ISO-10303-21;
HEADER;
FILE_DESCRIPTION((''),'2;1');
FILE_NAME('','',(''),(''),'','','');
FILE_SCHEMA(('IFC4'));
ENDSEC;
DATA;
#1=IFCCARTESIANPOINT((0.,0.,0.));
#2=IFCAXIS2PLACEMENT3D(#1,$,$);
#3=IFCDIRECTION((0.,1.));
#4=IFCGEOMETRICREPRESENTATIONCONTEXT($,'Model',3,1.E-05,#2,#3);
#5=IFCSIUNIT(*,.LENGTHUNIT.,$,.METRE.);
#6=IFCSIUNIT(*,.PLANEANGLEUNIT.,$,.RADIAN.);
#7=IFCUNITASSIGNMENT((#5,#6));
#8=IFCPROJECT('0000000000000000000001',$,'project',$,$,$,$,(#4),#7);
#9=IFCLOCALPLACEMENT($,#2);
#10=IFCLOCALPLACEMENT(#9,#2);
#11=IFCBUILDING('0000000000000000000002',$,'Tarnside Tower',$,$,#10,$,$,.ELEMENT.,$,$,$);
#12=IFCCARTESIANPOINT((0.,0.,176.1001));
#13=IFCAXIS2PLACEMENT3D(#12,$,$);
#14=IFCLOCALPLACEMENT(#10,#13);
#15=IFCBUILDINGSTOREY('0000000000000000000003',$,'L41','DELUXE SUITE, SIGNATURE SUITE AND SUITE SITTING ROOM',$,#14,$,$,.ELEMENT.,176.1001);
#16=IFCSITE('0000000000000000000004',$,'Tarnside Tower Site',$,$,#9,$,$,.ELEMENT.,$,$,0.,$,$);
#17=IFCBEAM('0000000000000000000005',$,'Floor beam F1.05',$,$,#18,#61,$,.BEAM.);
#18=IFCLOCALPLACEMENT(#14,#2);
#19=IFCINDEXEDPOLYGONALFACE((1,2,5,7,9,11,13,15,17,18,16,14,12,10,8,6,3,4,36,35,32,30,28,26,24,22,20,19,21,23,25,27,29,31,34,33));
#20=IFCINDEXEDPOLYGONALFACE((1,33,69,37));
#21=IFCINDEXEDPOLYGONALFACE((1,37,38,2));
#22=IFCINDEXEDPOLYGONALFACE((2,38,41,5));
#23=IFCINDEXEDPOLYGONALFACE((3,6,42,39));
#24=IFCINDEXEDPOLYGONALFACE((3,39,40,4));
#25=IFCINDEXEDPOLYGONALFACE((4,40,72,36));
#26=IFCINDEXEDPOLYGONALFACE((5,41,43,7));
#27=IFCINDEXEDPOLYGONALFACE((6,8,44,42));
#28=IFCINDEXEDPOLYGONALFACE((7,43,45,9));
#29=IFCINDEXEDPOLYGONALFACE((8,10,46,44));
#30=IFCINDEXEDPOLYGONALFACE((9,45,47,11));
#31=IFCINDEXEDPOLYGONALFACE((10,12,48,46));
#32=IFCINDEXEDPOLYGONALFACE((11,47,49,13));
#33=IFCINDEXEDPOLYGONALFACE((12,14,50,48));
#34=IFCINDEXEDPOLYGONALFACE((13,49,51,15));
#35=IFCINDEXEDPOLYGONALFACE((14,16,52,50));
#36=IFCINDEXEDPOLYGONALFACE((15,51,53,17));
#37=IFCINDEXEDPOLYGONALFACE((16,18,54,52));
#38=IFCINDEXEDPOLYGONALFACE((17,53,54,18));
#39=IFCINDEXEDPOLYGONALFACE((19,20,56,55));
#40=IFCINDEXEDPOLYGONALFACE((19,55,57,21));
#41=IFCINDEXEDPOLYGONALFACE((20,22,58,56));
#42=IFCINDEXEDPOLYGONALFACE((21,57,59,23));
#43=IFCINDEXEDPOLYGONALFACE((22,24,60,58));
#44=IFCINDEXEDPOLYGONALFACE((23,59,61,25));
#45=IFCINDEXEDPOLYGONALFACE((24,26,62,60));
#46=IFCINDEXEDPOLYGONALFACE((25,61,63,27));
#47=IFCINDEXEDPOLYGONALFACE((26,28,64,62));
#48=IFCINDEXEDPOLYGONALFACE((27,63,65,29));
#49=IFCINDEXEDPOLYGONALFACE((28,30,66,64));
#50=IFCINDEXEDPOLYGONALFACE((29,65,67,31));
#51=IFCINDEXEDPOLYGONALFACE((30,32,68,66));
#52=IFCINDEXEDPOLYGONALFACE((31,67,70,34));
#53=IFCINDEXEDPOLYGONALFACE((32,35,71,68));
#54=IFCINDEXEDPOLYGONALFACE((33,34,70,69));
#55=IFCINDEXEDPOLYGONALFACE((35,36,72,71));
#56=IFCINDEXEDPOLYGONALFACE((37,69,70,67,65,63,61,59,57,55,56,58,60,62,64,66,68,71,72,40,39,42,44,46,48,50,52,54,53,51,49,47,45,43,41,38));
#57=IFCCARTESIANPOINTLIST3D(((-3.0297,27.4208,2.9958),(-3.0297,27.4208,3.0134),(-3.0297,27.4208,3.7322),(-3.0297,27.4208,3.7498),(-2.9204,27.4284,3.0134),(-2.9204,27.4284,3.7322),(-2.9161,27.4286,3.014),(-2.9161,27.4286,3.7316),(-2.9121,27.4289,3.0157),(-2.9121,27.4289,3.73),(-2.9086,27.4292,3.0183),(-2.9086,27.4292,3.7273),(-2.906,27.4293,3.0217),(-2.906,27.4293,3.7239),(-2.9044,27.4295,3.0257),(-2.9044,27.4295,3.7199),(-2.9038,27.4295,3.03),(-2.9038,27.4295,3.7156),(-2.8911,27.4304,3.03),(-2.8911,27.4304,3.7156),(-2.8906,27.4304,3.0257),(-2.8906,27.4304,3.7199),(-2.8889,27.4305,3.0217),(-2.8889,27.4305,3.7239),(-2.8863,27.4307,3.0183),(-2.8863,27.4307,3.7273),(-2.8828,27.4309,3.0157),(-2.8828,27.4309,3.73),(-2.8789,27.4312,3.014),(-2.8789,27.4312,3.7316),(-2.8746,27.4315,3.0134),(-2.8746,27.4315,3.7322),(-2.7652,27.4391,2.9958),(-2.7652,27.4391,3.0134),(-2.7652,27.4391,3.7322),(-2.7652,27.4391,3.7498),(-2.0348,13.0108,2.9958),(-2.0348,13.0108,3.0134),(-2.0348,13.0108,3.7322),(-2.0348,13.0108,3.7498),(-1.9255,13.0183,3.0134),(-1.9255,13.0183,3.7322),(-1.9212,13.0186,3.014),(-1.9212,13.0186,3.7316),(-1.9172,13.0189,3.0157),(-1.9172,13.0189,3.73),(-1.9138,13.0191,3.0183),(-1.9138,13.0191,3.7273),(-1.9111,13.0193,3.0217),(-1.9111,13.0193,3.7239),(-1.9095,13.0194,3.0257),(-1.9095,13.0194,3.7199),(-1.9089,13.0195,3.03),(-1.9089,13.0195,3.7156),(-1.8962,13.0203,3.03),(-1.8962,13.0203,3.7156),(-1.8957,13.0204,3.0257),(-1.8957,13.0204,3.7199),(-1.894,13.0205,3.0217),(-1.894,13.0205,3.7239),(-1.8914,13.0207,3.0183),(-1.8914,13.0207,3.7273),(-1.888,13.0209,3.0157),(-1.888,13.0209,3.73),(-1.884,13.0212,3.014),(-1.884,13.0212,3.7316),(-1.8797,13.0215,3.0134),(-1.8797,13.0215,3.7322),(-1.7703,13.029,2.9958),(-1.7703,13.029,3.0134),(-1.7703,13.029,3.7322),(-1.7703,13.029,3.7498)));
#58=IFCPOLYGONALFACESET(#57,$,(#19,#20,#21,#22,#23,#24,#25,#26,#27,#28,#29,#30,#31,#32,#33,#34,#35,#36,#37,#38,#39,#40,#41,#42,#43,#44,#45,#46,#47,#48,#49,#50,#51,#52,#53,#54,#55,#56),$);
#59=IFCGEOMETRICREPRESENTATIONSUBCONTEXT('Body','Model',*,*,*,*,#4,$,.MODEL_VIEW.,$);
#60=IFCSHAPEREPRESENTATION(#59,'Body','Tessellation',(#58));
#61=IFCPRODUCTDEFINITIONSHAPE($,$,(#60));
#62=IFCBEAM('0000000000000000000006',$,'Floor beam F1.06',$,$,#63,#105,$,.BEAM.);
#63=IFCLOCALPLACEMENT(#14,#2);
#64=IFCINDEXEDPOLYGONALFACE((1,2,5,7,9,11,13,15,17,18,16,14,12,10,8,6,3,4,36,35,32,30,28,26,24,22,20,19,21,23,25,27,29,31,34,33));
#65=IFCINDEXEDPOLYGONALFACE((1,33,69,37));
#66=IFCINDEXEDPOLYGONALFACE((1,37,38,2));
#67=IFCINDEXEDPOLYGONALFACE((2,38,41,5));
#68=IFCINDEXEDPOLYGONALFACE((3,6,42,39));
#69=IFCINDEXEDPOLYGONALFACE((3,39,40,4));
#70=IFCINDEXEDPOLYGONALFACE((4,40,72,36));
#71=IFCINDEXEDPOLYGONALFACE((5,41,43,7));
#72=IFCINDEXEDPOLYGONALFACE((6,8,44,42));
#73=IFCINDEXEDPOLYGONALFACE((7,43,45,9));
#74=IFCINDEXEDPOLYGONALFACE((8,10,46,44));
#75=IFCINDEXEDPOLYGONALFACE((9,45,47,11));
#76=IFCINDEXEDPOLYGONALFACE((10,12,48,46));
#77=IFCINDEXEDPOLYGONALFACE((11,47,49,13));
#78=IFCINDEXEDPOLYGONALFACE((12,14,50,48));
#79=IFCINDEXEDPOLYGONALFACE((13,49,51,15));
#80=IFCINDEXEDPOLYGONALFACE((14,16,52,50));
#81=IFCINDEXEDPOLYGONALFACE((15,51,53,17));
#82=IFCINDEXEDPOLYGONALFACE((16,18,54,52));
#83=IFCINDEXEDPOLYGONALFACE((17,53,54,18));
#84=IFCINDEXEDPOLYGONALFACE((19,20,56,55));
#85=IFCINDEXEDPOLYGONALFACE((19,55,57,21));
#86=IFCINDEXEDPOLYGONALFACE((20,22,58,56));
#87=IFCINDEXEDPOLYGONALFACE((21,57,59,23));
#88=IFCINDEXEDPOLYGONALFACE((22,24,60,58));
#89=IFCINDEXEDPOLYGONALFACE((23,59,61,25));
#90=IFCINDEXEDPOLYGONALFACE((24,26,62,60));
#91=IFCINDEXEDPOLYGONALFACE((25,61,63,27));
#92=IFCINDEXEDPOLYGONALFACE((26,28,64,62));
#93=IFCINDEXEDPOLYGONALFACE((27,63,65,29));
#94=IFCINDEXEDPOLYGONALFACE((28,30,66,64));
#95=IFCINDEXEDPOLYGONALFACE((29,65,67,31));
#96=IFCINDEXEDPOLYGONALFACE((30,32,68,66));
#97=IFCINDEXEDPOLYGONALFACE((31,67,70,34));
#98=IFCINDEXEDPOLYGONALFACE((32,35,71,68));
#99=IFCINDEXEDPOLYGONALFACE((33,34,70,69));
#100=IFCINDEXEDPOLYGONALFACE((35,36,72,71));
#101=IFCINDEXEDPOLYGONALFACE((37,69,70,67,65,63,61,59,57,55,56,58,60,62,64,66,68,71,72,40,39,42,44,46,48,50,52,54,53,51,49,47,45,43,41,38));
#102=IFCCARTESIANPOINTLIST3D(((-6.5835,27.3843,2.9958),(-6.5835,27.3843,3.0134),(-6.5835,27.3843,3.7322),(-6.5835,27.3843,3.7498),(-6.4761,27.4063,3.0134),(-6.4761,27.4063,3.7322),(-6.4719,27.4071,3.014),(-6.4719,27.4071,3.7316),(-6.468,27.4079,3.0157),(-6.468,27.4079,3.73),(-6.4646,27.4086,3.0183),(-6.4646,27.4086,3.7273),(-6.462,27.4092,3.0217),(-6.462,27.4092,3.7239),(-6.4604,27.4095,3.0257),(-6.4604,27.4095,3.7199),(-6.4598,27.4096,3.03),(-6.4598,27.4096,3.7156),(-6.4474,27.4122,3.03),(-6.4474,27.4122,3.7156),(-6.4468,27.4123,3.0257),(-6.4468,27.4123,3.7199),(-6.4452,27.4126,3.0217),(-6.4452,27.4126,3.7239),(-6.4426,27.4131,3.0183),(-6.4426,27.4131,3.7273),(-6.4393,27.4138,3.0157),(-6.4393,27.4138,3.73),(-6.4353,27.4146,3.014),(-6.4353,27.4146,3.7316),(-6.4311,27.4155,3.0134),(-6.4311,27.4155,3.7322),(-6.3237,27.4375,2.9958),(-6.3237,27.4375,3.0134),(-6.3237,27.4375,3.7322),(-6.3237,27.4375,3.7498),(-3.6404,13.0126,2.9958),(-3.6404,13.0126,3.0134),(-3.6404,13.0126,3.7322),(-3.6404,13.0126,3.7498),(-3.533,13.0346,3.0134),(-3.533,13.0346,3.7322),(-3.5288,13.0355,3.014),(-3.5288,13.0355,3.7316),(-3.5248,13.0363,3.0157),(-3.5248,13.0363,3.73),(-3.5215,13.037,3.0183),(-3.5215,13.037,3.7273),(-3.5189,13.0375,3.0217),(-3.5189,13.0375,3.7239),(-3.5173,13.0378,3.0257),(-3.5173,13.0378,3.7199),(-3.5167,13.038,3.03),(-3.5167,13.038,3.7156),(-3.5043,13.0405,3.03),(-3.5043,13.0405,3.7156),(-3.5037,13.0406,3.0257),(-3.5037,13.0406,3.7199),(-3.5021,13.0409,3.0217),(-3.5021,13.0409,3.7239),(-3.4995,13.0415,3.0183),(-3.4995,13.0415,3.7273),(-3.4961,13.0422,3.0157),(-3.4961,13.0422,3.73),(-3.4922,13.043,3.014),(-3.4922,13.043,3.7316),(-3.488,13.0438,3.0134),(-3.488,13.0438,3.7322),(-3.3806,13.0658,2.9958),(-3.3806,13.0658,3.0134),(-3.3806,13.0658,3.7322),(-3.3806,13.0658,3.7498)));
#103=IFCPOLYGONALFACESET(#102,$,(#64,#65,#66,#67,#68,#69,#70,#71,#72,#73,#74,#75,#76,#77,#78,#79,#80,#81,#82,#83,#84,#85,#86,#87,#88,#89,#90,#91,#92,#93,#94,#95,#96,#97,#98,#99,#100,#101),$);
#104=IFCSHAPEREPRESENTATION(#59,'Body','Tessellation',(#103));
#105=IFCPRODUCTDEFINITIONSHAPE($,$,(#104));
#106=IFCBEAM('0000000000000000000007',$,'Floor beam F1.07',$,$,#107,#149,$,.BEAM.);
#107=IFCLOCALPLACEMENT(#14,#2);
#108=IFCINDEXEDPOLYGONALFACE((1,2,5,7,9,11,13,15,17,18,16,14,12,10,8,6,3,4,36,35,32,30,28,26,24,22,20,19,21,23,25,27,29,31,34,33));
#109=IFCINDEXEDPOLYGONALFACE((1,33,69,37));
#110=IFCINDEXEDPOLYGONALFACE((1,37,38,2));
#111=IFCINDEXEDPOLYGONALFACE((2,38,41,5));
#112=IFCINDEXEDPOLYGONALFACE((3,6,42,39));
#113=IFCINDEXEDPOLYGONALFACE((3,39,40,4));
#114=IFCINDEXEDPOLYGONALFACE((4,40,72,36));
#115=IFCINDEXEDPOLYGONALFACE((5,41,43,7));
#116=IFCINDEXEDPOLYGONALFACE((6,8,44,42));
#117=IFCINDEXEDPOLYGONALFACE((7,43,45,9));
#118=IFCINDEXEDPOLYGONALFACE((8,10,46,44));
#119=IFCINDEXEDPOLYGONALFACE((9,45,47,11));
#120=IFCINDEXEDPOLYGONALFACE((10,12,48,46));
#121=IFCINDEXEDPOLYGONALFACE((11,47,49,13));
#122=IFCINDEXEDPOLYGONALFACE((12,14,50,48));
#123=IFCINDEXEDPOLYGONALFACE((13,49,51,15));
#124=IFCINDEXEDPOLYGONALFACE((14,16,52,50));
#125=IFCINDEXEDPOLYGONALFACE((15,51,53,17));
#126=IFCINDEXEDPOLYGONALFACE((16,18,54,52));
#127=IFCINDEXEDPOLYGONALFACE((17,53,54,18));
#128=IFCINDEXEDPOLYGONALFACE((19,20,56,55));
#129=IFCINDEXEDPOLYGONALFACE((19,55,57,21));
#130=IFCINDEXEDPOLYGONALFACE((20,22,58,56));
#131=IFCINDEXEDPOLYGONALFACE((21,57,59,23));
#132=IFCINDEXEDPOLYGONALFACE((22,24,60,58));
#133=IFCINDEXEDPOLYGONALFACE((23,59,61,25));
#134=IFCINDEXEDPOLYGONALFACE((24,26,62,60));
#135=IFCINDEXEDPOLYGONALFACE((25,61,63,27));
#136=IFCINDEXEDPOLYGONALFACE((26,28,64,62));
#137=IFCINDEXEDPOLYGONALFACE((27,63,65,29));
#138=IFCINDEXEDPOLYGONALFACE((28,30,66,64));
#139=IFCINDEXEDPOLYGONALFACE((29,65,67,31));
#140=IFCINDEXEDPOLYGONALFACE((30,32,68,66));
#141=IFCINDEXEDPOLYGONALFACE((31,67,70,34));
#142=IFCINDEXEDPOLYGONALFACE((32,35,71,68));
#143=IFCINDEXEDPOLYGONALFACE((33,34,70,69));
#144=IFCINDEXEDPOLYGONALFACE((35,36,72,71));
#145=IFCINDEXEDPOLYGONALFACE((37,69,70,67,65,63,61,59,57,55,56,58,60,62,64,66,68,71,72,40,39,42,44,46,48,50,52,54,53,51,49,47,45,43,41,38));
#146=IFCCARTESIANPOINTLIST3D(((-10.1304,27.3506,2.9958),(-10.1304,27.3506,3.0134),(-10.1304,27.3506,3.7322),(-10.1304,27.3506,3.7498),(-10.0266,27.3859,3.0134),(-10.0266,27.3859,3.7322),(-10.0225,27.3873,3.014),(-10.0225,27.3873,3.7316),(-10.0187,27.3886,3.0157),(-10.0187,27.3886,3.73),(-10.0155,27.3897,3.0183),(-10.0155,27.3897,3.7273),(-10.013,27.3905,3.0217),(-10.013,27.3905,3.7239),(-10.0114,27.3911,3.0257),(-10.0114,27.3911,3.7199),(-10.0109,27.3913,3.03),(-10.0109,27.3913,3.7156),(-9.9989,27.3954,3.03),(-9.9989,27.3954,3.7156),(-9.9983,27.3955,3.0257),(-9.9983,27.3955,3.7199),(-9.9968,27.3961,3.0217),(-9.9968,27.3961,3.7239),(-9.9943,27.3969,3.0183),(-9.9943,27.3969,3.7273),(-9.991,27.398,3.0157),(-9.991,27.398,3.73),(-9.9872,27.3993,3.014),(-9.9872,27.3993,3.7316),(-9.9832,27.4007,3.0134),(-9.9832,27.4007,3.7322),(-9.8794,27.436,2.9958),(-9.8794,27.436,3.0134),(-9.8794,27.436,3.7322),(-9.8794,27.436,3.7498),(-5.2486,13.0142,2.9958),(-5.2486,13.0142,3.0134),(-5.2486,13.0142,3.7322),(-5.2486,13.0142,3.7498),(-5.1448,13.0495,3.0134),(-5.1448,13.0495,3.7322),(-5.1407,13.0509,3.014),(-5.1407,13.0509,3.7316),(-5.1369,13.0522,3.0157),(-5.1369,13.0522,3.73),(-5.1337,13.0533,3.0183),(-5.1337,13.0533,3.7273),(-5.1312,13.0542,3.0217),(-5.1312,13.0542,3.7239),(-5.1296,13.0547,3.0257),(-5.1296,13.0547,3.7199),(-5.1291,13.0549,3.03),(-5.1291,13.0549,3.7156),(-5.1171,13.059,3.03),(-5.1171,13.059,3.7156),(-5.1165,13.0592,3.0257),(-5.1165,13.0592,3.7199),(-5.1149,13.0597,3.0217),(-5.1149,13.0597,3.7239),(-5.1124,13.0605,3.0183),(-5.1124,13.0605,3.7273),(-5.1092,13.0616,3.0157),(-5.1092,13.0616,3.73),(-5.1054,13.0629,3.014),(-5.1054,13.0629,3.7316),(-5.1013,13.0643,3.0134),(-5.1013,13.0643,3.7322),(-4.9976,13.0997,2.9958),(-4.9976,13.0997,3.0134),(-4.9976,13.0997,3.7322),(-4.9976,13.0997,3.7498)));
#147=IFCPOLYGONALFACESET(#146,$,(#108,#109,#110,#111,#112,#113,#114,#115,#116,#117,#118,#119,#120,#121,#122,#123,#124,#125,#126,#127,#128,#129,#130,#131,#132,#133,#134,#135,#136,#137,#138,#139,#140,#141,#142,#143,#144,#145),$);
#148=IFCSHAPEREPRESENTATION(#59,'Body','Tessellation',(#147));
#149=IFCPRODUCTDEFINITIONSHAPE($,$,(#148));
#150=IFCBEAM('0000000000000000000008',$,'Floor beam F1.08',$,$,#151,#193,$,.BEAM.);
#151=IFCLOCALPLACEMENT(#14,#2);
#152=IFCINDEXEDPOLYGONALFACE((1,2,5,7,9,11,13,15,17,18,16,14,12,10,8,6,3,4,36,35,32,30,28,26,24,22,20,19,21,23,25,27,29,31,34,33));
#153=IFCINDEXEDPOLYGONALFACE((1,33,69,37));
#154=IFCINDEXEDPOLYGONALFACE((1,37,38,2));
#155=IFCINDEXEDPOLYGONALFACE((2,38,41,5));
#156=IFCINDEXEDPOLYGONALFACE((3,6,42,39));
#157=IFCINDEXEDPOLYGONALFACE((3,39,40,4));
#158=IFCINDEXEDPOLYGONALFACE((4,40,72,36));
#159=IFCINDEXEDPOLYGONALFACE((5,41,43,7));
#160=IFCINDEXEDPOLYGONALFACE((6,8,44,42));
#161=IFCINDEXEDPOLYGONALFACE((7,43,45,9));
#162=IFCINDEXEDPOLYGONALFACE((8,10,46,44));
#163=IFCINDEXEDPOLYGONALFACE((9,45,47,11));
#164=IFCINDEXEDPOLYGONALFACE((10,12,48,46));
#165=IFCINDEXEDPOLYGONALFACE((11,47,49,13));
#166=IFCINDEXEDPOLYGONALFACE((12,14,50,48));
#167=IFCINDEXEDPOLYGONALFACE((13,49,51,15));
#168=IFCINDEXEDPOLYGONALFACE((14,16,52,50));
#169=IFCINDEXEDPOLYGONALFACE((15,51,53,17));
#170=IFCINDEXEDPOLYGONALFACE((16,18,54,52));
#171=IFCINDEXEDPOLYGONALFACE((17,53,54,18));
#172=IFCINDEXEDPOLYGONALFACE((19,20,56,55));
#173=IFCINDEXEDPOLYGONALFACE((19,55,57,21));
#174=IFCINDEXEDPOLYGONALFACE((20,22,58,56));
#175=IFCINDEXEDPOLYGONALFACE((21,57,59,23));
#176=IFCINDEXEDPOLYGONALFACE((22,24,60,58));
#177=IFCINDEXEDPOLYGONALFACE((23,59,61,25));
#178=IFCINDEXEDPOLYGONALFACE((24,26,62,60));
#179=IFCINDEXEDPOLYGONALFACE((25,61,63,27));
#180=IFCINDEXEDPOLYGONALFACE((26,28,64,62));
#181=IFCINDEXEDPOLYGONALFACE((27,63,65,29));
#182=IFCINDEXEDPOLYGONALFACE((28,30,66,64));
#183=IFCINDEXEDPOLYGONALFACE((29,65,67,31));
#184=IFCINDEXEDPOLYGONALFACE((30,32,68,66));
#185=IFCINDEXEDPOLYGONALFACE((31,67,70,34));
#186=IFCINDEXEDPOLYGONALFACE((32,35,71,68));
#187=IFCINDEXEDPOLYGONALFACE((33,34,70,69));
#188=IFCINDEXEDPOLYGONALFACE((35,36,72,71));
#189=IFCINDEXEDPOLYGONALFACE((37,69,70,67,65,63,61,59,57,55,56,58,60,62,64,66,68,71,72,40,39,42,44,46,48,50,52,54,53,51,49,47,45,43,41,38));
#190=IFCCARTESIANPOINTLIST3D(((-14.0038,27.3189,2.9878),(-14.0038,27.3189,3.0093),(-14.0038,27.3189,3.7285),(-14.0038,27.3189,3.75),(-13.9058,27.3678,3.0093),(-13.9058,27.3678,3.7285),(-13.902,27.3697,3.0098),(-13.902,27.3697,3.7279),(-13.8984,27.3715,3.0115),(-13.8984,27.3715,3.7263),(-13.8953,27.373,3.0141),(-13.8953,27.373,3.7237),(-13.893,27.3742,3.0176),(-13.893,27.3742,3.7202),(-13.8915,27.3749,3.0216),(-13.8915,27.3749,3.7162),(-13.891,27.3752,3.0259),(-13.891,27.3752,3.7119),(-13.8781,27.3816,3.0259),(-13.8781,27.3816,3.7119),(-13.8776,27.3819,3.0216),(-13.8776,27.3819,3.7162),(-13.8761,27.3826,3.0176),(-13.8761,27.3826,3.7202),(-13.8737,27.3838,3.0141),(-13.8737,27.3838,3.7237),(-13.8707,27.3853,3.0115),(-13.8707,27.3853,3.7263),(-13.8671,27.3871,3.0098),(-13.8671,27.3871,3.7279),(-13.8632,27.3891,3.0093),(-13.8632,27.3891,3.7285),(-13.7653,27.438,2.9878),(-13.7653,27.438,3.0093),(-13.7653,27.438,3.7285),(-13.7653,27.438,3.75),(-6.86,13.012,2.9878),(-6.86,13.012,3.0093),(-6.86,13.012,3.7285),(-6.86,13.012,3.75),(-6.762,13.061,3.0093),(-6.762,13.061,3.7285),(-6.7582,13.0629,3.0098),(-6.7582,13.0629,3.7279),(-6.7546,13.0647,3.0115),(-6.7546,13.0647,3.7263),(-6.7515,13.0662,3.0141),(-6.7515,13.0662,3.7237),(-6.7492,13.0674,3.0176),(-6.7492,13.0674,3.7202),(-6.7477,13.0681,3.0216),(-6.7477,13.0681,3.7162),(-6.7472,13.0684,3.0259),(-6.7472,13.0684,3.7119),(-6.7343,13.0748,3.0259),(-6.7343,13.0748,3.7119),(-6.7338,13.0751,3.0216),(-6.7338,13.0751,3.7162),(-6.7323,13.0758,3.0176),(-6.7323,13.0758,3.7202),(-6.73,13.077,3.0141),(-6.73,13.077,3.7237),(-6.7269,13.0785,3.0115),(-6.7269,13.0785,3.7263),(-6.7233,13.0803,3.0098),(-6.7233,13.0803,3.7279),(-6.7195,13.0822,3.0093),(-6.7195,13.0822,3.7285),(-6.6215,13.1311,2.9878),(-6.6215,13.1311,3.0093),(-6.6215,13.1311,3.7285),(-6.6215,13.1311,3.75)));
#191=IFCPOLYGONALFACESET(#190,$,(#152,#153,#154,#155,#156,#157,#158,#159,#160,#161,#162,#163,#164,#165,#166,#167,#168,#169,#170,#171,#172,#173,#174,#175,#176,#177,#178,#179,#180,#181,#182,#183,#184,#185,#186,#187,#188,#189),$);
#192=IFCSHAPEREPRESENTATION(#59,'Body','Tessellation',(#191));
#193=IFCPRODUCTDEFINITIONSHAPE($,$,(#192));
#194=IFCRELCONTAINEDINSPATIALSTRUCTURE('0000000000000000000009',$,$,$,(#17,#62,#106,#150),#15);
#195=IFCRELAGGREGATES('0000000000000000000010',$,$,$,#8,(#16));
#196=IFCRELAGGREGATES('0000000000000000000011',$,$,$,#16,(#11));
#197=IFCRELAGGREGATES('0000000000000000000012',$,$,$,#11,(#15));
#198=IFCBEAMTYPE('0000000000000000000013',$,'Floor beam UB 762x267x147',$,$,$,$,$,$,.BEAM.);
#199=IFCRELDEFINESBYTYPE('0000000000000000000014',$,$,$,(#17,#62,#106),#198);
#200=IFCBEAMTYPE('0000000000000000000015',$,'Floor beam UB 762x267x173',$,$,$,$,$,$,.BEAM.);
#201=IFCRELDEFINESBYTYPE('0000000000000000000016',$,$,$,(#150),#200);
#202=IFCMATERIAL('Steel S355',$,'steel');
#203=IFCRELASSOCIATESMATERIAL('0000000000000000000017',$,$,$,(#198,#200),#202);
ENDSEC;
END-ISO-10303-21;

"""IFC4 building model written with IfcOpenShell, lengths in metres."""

from ifc_helpers import new_model, si_unit, direction, frame, origin, origin_2d, place, context, subcontext, project, spatial, i_section, extrude, material, material_profile, profile_set, type_object, element, save


model = new_model("IFC4")

# Units and contexts
model_context = context("Model", 3, precision=1e-05, world=origin(), true_north=direction((0.0, 1.0)))
body_context = subcontext(model_context, "Body", "Model", "MODEL_VIEW")
ifc_project = project(units=[si_unit("LENGTHUNIT", "METRE"), si_unit("PLANEANGLEUNIT", "RADIAN")], contexts=[model_context])

# Site, building, storey
site_placement = place(None, origin())
site = spatial("IfcSite", under=ifc_project, at=site_placement, Name="Tarnside Tower Site", CompositionType="ELEMENT", RefElevation=0.0)
building_placement = place(site_placement, origin())
building = spatial("IfcBuilding", under=site, at=building_placement, Name="Tarnside Tower", CompositionType="ELEMENT")
storey_placement = place(building_placement, frame((0.0, 0.0, 176.1001)))
storey = spatial("IfcBuildingStorey", under=building, at=storey_placement, Name="L41", Description="DELUXE SUITE, SIGNATURE SUITE AND SUITE SITTING ROOM", CompositionType="ELEMENT", Elevation=176.1001)

# Beams
ifc_material_1 = material(Name="Steel S355", Category="steel")
ifc_material_profile_1 = material_profile(ifc_material_1, i_section(OverallWidth=0.2651, OverallDepth=0.7539, WebThickness=0.0127, FlangeThickness=0.0176, FilletRadius=0.0166, at=origin_2d()), Name="UB 762x267x147")
ifc_profile_set_1 = profile_set([ifc_material_profile_1], Name="Steel S355")
beam_type_1 = type_object("IfcBeamType", Name="Floor beam UB 762x267x147", PredefinedType="BEAM", material=ifc_profile_set_1)
beam_1_placement = place(storey_placement, frame((-2.8975, 27.4299, 3.3728), z_axis=(0.068877, -0.997625, 0.0), x_axis=(0.997625, 0.068877, 0.0)))
element("IfcBeam", 1, at=beam_1_placement, inside=storey, type_object=beam_type_1, Name="Floor beam F1.05", PredefinedType="BEAM", context=body_context, shape_type="SweptSolid", body=[
    extrude(i_section(OverallWidth=0.2651, OverallDepth=0.7539, WebThickness=0.0127, FlangeThickness=0.0176, FilletRadius=0.0166, at=origin_2d()), origin(), (0.0, 0.0, 1.0), 14.4443),
])
beam_2_placement = place(storey_placement, frame((-6.4536, 27.4109, 3.3728), z_axis=(0.200623, -0.979668, 0.0), x_axis=(0.979668, 0.200623, 0.0)))
element("IfcBeam", 2, at=beam_2_placement, inside=storey, type_object=beam_type_1, Name="Floor beam F1.06", PredefinedType="BEAM", context=body_context, shape_type="SweptSolid", body=[
    extrude(i_section(OverallWidth=0.2651, OverallDepth=0.7539, WebThickness=0.0127, FlangeThickness=0.0176, FilletRadius=0.0166, at=origin_2d()), origin(), (0.0, 0.0, 1.0), 14.6699),
])
beam_3_placement = place(storey_placement, frame((-10.0049, 27.3933, 3.3728), z_axis=(0.322344, -0.946623, 0.0), x_axis=(0.946623, 0.322344, 0.0)))
element("IfcBeam", 3, at=beam_3_placement, inside=storey, type_object=beam_type_1, Name="Floor beam F1.07", PredefinedType="BEAM", context=body_context, shape_type="SweptSolid", body=[
    extrude(i_section(OverallWidth=0.2651, OverallDepth=0.7539, WebThickness=0.0127, FlangeThickness=0.0176, FilletRadius=0.0166, at=origin_2d()), origin(), (0.0, 0.0, 1.0), 15.1448),
])
ifc_material_profile_2 = material_profile(ifc_material_1, i_section(OverallWidth=0.2666, OverallDepth=0.7622, WebThickness=0.0144, FlangeThickness=0.0215, FilletRadius=0.0166, at=origin_2d()), Name="UB 762x267x173")
ifc_profile_set_2 = profile_set([ifc_material_profile_2], Name="Steel S355")
beam_type_2 = type_object("IfcBeamType", Name="Floor beam UB 762x267x173", PredefinedType="BEAM", material=ifc_profile_set_2)
beam_4_placement = place(storey_placement, frame((-13.8845, 27.3784, 3.3689), z_axis=(0.446731, -0.894668, 0.0), x_axis=(0.894668, 0.446731, 0.0)))
element("IfcBeam", 4, at=beam_4_placement, inside=storey, type_object=beam_type_2, Name="Floor beam F1.08", PredefinedType="BEAM", context=body_context, shape_type="SweptSolid", body=[
    extrude(i_section(OverallWidth=0.2666, OverallDepth=0.7622, WebThickness=0.0144, FlangeThickness=0.0215, FilletRadius=0.0166, at=origin_2d()), origin(), (0.0, 0.0, 1.0), 15.9912),
])

save(model, "model.ifc")
